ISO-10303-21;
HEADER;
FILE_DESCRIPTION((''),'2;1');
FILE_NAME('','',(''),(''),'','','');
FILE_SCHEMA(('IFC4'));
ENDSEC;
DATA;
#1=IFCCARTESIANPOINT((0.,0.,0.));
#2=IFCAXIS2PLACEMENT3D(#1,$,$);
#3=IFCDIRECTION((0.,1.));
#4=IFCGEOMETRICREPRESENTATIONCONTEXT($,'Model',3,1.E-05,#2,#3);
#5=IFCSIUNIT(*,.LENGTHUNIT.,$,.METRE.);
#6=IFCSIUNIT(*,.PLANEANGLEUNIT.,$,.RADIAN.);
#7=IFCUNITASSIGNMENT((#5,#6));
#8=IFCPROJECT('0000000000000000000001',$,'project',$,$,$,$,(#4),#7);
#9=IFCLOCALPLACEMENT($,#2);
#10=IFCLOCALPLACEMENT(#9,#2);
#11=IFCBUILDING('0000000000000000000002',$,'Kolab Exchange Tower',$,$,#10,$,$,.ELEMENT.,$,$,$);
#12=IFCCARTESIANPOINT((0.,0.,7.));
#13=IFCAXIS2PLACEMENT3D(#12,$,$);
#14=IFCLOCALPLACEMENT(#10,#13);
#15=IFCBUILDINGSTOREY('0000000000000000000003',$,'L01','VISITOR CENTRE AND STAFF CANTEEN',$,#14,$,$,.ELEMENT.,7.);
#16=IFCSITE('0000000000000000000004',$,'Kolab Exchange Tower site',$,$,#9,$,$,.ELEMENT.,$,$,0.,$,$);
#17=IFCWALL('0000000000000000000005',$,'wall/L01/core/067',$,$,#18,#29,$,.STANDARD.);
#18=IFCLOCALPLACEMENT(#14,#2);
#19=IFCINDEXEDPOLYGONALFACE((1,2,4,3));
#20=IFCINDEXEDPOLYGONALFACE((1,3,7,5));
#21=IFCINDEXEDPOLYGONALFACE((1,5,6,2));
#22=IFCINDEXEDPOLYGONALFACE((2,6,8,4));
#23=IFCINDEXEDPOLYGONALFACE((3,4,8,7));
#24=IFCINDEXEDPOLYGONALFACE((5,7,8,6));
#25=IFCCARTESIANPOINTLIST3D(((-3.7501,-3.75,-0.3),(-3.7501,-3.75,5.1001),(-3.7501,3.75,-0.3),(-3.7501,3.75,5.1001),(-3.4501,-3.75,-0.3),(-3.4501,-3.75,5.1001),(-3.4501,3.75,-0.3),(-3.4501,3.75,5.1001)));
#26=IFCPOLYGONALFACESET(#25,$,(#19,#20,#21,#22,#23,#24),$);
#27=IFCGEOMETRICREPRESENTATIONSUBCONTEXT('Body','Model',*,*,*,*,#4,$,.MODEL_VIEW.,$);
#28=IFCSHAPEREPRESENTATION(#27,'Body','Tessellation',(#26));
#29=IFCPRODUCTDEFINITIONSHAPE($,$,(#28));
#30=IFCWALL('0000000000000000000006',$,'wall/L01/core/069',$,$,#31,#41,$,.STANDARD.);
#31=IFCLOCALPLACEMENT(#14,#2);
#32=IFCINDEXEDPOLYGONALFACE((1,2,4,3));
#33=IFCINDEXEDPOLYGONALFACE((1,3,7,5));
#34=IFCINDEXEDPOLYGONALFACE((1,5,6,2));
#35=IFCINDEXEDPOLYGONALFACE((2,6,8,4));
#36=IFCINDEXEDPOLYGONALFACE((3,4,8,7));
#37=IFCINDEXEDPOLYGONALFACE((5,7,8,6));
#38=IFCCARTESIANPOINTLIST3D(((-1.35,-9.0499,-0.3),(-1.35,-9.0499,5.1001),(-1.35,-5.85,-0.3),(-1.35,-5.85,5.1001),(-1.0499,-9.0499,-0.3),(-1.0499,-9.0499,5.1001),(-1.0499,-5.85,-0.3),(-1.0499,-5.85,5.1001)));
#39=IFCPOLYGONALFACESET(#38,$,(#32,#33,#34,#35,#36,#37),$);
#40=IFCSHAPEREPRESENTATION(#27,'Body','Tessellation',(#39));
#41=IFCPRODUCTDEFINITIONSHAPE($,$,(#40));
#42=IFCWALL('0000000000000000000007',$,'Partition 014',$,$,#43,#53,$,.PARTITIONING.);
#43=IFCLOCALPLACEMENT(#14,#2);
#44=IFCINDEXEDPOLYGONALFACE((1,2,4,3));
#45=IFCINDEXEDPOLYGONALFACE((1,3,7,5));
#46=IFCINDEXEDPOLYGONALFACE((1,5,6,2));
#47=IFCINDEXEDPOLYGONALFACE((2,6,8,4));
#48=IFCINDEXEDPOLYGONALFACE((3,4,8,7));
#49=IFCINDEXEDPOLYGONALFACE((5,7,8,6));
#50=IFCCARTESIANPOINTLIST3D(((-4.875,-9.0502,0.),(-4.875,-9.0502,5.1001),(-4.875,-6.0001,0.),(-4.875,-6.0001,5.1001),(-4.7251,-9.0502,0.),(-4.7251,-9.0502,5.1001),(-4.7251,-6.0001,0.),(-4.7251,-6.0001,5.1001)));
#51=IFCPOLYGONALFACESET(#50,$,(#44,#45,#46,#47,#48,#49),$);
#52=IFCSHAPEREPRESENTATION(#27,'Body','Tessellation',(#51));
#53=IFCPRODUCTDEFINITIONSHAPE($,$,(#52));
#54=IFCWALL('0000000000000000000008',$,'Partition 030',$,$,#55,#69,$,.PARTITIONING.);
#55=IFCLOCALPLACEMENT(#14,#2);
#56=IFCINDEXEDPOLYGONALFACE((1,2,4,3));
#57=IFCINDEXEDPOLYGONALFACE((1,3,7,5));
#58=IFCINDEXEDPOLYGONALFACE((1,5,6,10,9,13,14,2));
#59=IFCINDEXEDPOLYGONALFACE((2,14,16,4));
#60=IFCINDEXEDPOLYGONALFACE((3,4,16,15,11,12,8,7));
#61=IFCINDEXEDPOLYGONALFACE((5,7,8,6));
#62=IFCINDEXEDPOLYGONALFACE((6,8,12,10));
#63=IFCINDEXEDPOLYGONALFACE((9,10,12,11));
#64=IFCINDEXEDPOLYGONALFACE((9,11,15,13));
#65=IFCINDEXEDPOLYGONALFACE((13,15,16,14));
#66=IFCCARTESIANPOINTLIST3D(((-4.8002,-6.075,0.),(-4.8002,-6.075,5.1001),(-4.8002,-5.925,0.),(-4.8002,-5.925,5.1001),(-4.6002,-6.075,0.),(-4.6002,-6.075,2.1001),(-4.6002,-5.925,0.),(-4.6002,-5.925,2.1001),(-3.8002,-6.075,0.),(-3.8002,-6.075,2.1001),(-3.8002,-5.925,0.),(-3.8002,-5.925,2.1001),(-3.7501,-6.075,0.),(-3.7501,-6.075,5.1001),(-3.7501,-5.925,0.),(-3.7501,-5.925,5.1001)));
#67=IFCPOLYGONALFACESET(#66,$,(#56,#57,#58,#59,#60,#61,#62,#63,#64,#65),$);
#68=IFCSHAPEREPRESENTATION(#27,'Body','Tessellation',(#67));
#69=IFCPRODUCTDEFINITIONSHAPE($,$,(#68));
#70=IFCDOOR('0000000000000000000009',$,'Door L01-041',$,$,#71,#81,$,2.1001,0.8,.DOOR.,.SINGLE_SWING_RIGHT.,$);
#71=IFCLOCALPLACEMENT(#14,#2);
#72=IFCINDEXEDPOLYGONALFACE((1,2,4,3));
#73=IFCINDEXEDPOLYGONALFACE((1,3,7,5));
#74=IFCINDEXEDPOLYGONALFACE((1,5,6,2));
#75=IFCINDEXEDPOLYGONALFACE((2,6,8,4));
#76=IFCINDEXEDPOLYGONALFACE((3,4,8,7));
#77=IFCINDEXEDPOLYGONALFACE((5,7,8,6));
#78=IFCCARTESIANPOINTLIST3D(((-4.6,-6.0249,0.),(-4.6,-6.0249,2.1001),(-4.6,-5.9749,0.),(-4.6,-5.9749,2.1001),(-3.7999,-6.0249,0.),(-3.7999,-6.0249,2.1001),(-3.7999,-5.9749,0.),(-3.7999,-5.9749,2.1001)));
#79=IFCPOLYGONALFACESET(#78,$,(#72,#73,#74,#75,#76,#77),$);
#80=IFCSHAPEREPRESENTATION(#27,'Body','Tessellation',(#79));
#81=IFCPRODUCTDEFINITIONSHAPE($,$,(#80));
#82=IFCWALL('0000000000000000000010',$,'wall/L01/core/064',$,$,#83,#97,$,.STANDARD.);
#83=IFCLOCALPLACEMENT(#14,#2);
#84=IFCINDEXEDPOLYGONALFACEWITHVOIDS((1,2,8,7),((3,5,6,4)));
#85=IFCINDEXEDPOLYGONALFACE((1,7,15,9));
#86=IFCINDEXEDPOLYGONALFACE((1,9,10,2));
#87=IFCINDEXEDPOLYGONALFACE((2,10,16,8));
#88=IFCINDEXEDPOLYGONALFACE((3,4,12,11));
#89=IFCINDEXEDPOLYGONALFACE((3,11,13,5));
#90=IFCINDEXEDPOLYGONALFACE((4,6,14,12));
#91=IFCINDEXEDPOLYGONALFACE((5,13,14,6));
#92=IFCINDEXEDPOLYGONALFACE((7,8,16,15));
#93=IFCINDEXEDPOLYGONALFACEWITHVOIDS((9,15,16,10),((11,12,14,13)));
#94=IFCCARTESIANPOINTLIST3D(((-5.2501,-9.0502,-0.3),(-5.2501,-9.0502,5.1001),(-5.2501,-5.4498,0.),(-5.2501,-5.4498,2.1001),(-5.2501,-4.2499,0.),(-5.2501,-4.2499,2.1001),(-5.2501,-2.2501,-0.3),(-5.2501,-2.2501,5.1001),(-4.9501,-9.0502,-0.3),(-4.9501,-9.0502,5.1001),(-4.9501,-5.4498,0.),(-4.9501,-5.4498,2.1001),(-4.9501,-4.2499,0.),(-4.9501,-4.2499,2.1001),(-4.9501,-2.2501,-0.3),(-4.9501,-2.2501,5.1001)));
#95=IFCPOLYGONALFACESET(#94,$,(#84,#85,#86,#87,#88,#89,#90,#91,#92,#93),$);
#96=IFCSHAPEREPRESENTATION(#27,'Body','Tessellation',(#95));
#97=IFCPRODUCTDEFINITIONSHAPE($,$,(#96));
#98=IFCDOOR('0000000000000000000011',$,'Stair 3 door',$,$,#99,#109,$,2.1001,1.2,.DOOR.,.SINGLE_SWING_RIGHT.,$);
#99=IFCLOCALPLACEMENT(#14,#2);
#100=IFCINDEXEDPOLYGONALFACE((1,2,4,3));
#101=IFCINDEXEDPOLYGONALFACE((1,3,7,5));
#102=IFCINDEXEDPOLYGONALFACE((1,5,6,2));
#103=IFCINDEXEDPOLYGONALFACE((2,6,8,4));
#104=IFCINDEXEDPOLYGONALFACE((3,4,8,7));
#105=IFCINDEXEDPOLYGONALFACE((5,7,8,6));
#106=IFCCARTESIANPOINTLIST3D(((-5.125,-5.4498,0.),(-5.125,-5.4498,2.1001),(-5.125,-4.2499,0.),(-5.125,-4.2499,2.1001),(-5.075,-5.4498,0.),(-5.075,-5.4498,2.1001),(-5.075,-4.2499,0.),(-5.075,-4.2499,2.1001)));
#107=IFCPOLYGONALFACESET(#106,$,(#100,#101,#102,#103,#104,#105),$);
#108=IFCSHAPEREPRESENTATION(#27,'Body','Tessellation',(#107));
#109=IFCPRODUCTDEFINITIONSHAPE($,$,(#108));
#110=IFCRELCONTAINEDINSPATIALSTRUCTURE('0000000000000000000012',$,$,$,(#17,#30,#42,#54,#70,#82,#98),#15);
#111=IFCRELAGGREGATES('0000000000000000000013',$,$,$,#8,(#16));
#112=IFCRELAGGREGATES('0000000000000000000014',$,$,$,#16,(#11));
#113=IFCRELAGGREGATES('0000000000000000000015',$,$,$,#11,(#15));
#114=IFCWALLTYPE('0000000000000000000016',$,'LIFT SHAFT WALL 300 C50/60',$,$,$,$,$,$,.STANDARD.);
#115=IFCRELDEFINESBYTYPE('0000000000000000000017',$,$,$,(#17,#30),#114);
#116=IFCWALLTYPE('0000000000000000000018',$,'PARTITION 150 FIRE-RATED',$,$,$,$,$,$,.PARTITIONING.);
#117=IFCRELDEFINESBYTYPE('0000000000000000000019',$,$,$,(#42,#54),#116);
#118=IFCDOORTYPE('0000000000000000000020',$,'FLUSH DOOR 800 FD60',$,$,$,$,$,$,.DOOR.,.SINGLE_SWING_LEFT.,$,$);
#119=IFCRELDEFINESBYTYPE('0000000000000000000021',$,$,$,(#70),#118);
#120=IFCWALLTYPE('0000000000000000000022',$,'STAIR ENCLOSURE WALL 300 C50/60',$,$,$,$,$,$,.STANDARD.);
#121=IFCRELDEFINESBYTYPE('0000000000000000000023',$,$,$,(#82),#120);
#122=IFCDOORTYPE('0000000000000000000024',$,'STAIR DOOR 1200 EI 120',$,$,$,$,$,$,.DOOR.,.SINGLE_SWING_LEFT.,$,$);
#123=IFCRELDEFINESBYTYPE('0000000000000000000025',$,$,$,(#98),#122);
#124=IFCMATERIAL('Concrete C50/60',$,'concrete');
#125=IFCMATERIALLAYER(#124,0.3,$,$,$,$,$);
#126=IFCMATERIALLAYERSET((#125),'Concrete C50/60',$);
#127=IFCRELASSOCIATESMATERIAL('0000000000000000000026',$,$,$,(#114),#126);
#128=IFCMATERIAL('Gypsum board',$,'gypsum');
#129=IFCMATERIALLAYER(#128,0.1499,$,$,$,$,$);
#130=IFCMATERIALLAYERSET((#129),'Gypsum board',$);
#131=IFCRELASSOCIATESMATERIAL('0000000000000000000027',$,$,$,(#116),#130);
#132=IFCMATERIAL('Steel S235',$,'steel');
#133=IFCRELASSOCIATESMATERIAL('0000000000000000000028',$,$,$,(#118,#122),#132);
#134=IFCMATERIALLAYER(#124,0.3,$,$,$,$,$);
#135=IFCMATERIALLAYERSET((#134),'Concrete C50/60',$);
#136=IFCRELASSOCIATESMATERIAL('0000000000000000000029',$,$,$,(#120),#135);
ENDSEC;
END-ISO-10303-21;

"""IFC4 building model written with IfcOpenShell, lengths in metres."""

from ifc_helpers import new_model, si_unit, direction, frame, frame_2d, origin, place, context, subcontext, project, spatial, rectangle, extrude, material, layer, layer_set, type_object, element, fill, save


model = new_model("IFC4")

# Units and contexts
model_context = context("Model", 3, precision=1e-05, world=origin(), true_north=direction((0.0, 1.0)))
body_context = subcontext(model_context, "Body", "Model", "MODEL_VIEW")
ifc_project = project(units=[si_unit("LENGTHUNIT", "METRE"), si_unit("PLANEANGLEUNIT", "RADIAN")], contexts=[model_context])

# Site, building, storey
site_placement = place(None, origin())
site = spatial("IfcSite", under=ifc_project, at=site_placement, Name="Kolab Exchange Tower site", CompositionType="ELEMENT", RefElevation=0.0)
building_placement = place(site_placement, origin())
building = spatial("IfcBuilding", under=site, at=building_placement, Name="Kolab Exchange Tower", CompositionType="ELEMENT")
storey_placement = place(building_placement, frame((0.0, 0.0, 7.0)))
storey = spatial("IfcBuildingStorey", under=building, at=storey_placement, Name="L01", Description="VISITOR CENTRE AND STAFF CANTEEN", CompositionType="ELEMENT", Elevation=7.0)

# Shared definitions
ifc_material_1 = material(Name="Steel S235", Category="steel")
ifc_material_2 = material(Name="Concrete C50/60", Category="concrete")
ifc_layer_1 = layer(ifc_material_2, 0.3)
ifc_layer_set_1 = layer_set([ifc_layer_1], Name="Concrete C50/60")
wall_type_1 = type_object("IfcWallType", Name="LIFT SHAFT WALL 300 C50/60", PredefinedType="STANDARD", material=ifc_layer_set_1)

# Walls
wall_1_placement = place(storey_placement, frame((-3.6001, -3.75, -0.3), z_axis=(0.0, 0.0, 1.0), x_axis=(0.0, 1.0, 0.0)))
element("IfcWall", 1, at=wall_1_placement, inside=storey, type_object=wall_type_1, Name="wall/L01/core/067", PredefinedType="STANDARD", context=body_context, shape_type="SweptSolid", body=[
    extrude(rectangle(XDim=7.5, YDim=0.3, at=frame_2d((3.75, 0.0))), origin(), (0.0, 0.0, 1.0), 5.4001),
])
wall_2_placement = place(storey_placement, frame((-1.2, -9.05, -0.3), z_axis=(0.0, 0.0, 1.0), x_axis=(0.0, 1.0, 0.0)))
element("IfcWall", 2, at=wall_2_placement, inside=storey, type_object=wall_type_1, Name="wall/L01/core/069", PredefinedType="STANDARD", context=body_context, shape_type="SweptSolid", body=[
    extrude(rectangle(XDim=3.2, YDim=0.3, at=frame_2d((1.6001, 0.0))), origin(), (0.0, 0.0, 1.0), 5.4001),
])
ifc_material_3 = material(Name="Gypsum board", Category="gypsum")
ifc_layer_2 = layer(ifc_material_3, 0.1499)
ifc_layer_set_2 = layer_set([ifc_layer_2], Name="Gypsum board")
wall_type_2 = type_object("IfcWallType", Name="PARTITION 150 FIRE-RATED", PredefinedType="PARTITIONING", material=ifc_layer_set_2)
wall_3_placement = place(storey_placement, frame((-4.8, -9.05, 0.0), z_axis=(0.0, 0.0, 1.0), x_axis=(0.0, 1.0, 0.0)))
element("IfcWall", 3, at=wall_3_placement, inside=storey, type_object=wall_type_2, Name="Partition 014", PredefinedType="PARTITIONING", context=body_context, shape_type="SweptSolid", body=[
    extrude(rectangle(XDim=3.05, YDim=0.1499, at=frame_2d((1.5249, 0.0))), origin(), (0.0, 0.0, 1.0), 5.1001),
])

# Walls, openings, doors
wall_4_placement = place(storey_placement, frame((-4.8, -6.0, 0.0), z_axis=(0.0, 0.0, 1.0), x_axis=(1.0, 0.0, 0.0)))
wall_4 = element("IfcWall", 4, at=wall_4_placement, inside=storey, type_object=wall_type_2, Name="Partition 030", PredefinedType="PARTITIONING", context=body_context, shape_type="SweptSolid", body=[
    extrude(rectangle(XDim=1.05, YDim=0.1499, at=frame_2d((0.5249, 0.0))), origin(), (0.0, 0.0, 1.0), 5.1001),
])
opening_1_placement = place(wall_4_placement, frame((0.2, 0.0, 0.0)))
opening_1 = element("IfcOpeningElement", 5, at=opening_1_placement, cuts=wall_4, PredefinedType="OPENING", context=body_context, shape_type="SweptSolid", body=[
    extrude(rectangle(XDim=0.8, YDim=2.1001, at=frame_2d((0.3999, 1.05))), frame((0.0, 0.085, 0.0), z_axis=(0.0, -1.0, 0.0), x_axis=(1.0, 0.0, 0.0)), (0.0, 0.0, 1.0), 0.1699),
])
door_type_1 = type_object("IfcDoorType", Name="FLUSH DOOR 800 FD60", OperationType="SINGLE_SWING_LEFT", PredefinedType="DOOR", material=ifc_material_1)
door_1_placement = place(opening_1_placement, frame((0.8, 0.0, 0.0), z_axis=(0.0, 0.0, 1.0), x_axis=(-1.0, 0.0, 0.0)))
door_1 = element("IfcDoor", 6, at=door_1_placement, inside=storey, type_object=door_type_1, Name="Door L01-041", OperationType="SINGLE_SWING_RIGHT", OverallHeight=2.1001, OverallWidth=0.8, PredefinedType="DOOR", context=body_context, shape_type="SweptSolid", body=[
    extrude(rectangle(XDim=0.8, YDim=2.1001, at=frame_2d((0.3999, 1.05))), frame((0.0, 0.0249, 0.0), z_axis=(0.0, -1.0, 0.0), x_axis=(1.0, 0.0, 0.0)), (0.0, 0.0, 1.0), 0.05),
])
fill(opening_1, door_1)
ifc_layer_3 = layer(ifc_material_2, 0.3)
ifc_layer_set_3 = layer_set([ifc_layer_3], Name="Concrete C50/60")
wall_type_3 = type_object("IfcWallType", Name="STAIR ENCLOSURE WALL 300 C50/60", PredefinedType="STANDARD", material=ifc_layer_set_3)
wall_5_placement = place(storey_placement, frame((-5.1001, -9.05, -0.3), z_axis=(0.0, 0.0, 1.0), x_axis=(0.0, 1.0, 0.0)))
wall_5 = element("IfcWall", 7, at=wall_5_placement, inside=storey, type_object=wall_type_3, Name="wall/L01/core/064", PredefinedType="STANDARD", context=body_context, shape_type="SweptSolid", body=[
    extrude(rectangle(XDim=6.8, YDim=0.3, at=frame_2d((3.3999, 0.0))), origin(), (0.0, 0.0, 1.0), 5.4001),
])
opening_2_placement = place(wall_5_placement, frame((3.6001, 0.0, 0.3)))
opening_2 = element("IfcOpeningElement", 8, at=opening_2_placement, cuts=wall_5, PredefinedType="OPENING", context=body_context, shape_type="SweptSolid", body=[
    extrude(rectangle(XDim=1.2, YDim=2.1001, at=frame_2d((0.6001, 1.05))), frame((0.0, 0.1602, 0.0), z_axis=(0.0, -1.0, 0.0), x_axis=(1.0, 0.0, 0.0)), (0.0, 0.0, 1.0), 0.3201),
])
door_type_2 = type_object("IfcDoorType", Name="STAIR DOOR 1200 EI 120", OperationType="SINGLE_SWING_LEFT", PredefinedType="DOOR", material=ifc_material_1)
door_2_placement = place(opening_2_placement, origin())
door_2 = element("IfcDoor", 9, at=door_2_placement, inside=storey, type_object=door_type_2, Name="Stair 3 door", OperationType="SINGLE_SWING_RIGHT", OverallHeight=2.1001, OverallWidth=1.2, PredefinedType="DOOR", context=body_context, shape_type="SweptSolid", body=[
    extrude(rectangle(XDim=1.2, YDim=2.1001, at=frame_2d((0.6001, 1.05))), frame((0.0, 0.0249, 0.0), z_axis=(0.0, -1.0, 0.0), x_axis=(1.0, 0.0, 0.0)), (0.0, 0.0, 1.0), 0.05),
])
fill(opening_2, door_2)

save(model, "model.ifc")
